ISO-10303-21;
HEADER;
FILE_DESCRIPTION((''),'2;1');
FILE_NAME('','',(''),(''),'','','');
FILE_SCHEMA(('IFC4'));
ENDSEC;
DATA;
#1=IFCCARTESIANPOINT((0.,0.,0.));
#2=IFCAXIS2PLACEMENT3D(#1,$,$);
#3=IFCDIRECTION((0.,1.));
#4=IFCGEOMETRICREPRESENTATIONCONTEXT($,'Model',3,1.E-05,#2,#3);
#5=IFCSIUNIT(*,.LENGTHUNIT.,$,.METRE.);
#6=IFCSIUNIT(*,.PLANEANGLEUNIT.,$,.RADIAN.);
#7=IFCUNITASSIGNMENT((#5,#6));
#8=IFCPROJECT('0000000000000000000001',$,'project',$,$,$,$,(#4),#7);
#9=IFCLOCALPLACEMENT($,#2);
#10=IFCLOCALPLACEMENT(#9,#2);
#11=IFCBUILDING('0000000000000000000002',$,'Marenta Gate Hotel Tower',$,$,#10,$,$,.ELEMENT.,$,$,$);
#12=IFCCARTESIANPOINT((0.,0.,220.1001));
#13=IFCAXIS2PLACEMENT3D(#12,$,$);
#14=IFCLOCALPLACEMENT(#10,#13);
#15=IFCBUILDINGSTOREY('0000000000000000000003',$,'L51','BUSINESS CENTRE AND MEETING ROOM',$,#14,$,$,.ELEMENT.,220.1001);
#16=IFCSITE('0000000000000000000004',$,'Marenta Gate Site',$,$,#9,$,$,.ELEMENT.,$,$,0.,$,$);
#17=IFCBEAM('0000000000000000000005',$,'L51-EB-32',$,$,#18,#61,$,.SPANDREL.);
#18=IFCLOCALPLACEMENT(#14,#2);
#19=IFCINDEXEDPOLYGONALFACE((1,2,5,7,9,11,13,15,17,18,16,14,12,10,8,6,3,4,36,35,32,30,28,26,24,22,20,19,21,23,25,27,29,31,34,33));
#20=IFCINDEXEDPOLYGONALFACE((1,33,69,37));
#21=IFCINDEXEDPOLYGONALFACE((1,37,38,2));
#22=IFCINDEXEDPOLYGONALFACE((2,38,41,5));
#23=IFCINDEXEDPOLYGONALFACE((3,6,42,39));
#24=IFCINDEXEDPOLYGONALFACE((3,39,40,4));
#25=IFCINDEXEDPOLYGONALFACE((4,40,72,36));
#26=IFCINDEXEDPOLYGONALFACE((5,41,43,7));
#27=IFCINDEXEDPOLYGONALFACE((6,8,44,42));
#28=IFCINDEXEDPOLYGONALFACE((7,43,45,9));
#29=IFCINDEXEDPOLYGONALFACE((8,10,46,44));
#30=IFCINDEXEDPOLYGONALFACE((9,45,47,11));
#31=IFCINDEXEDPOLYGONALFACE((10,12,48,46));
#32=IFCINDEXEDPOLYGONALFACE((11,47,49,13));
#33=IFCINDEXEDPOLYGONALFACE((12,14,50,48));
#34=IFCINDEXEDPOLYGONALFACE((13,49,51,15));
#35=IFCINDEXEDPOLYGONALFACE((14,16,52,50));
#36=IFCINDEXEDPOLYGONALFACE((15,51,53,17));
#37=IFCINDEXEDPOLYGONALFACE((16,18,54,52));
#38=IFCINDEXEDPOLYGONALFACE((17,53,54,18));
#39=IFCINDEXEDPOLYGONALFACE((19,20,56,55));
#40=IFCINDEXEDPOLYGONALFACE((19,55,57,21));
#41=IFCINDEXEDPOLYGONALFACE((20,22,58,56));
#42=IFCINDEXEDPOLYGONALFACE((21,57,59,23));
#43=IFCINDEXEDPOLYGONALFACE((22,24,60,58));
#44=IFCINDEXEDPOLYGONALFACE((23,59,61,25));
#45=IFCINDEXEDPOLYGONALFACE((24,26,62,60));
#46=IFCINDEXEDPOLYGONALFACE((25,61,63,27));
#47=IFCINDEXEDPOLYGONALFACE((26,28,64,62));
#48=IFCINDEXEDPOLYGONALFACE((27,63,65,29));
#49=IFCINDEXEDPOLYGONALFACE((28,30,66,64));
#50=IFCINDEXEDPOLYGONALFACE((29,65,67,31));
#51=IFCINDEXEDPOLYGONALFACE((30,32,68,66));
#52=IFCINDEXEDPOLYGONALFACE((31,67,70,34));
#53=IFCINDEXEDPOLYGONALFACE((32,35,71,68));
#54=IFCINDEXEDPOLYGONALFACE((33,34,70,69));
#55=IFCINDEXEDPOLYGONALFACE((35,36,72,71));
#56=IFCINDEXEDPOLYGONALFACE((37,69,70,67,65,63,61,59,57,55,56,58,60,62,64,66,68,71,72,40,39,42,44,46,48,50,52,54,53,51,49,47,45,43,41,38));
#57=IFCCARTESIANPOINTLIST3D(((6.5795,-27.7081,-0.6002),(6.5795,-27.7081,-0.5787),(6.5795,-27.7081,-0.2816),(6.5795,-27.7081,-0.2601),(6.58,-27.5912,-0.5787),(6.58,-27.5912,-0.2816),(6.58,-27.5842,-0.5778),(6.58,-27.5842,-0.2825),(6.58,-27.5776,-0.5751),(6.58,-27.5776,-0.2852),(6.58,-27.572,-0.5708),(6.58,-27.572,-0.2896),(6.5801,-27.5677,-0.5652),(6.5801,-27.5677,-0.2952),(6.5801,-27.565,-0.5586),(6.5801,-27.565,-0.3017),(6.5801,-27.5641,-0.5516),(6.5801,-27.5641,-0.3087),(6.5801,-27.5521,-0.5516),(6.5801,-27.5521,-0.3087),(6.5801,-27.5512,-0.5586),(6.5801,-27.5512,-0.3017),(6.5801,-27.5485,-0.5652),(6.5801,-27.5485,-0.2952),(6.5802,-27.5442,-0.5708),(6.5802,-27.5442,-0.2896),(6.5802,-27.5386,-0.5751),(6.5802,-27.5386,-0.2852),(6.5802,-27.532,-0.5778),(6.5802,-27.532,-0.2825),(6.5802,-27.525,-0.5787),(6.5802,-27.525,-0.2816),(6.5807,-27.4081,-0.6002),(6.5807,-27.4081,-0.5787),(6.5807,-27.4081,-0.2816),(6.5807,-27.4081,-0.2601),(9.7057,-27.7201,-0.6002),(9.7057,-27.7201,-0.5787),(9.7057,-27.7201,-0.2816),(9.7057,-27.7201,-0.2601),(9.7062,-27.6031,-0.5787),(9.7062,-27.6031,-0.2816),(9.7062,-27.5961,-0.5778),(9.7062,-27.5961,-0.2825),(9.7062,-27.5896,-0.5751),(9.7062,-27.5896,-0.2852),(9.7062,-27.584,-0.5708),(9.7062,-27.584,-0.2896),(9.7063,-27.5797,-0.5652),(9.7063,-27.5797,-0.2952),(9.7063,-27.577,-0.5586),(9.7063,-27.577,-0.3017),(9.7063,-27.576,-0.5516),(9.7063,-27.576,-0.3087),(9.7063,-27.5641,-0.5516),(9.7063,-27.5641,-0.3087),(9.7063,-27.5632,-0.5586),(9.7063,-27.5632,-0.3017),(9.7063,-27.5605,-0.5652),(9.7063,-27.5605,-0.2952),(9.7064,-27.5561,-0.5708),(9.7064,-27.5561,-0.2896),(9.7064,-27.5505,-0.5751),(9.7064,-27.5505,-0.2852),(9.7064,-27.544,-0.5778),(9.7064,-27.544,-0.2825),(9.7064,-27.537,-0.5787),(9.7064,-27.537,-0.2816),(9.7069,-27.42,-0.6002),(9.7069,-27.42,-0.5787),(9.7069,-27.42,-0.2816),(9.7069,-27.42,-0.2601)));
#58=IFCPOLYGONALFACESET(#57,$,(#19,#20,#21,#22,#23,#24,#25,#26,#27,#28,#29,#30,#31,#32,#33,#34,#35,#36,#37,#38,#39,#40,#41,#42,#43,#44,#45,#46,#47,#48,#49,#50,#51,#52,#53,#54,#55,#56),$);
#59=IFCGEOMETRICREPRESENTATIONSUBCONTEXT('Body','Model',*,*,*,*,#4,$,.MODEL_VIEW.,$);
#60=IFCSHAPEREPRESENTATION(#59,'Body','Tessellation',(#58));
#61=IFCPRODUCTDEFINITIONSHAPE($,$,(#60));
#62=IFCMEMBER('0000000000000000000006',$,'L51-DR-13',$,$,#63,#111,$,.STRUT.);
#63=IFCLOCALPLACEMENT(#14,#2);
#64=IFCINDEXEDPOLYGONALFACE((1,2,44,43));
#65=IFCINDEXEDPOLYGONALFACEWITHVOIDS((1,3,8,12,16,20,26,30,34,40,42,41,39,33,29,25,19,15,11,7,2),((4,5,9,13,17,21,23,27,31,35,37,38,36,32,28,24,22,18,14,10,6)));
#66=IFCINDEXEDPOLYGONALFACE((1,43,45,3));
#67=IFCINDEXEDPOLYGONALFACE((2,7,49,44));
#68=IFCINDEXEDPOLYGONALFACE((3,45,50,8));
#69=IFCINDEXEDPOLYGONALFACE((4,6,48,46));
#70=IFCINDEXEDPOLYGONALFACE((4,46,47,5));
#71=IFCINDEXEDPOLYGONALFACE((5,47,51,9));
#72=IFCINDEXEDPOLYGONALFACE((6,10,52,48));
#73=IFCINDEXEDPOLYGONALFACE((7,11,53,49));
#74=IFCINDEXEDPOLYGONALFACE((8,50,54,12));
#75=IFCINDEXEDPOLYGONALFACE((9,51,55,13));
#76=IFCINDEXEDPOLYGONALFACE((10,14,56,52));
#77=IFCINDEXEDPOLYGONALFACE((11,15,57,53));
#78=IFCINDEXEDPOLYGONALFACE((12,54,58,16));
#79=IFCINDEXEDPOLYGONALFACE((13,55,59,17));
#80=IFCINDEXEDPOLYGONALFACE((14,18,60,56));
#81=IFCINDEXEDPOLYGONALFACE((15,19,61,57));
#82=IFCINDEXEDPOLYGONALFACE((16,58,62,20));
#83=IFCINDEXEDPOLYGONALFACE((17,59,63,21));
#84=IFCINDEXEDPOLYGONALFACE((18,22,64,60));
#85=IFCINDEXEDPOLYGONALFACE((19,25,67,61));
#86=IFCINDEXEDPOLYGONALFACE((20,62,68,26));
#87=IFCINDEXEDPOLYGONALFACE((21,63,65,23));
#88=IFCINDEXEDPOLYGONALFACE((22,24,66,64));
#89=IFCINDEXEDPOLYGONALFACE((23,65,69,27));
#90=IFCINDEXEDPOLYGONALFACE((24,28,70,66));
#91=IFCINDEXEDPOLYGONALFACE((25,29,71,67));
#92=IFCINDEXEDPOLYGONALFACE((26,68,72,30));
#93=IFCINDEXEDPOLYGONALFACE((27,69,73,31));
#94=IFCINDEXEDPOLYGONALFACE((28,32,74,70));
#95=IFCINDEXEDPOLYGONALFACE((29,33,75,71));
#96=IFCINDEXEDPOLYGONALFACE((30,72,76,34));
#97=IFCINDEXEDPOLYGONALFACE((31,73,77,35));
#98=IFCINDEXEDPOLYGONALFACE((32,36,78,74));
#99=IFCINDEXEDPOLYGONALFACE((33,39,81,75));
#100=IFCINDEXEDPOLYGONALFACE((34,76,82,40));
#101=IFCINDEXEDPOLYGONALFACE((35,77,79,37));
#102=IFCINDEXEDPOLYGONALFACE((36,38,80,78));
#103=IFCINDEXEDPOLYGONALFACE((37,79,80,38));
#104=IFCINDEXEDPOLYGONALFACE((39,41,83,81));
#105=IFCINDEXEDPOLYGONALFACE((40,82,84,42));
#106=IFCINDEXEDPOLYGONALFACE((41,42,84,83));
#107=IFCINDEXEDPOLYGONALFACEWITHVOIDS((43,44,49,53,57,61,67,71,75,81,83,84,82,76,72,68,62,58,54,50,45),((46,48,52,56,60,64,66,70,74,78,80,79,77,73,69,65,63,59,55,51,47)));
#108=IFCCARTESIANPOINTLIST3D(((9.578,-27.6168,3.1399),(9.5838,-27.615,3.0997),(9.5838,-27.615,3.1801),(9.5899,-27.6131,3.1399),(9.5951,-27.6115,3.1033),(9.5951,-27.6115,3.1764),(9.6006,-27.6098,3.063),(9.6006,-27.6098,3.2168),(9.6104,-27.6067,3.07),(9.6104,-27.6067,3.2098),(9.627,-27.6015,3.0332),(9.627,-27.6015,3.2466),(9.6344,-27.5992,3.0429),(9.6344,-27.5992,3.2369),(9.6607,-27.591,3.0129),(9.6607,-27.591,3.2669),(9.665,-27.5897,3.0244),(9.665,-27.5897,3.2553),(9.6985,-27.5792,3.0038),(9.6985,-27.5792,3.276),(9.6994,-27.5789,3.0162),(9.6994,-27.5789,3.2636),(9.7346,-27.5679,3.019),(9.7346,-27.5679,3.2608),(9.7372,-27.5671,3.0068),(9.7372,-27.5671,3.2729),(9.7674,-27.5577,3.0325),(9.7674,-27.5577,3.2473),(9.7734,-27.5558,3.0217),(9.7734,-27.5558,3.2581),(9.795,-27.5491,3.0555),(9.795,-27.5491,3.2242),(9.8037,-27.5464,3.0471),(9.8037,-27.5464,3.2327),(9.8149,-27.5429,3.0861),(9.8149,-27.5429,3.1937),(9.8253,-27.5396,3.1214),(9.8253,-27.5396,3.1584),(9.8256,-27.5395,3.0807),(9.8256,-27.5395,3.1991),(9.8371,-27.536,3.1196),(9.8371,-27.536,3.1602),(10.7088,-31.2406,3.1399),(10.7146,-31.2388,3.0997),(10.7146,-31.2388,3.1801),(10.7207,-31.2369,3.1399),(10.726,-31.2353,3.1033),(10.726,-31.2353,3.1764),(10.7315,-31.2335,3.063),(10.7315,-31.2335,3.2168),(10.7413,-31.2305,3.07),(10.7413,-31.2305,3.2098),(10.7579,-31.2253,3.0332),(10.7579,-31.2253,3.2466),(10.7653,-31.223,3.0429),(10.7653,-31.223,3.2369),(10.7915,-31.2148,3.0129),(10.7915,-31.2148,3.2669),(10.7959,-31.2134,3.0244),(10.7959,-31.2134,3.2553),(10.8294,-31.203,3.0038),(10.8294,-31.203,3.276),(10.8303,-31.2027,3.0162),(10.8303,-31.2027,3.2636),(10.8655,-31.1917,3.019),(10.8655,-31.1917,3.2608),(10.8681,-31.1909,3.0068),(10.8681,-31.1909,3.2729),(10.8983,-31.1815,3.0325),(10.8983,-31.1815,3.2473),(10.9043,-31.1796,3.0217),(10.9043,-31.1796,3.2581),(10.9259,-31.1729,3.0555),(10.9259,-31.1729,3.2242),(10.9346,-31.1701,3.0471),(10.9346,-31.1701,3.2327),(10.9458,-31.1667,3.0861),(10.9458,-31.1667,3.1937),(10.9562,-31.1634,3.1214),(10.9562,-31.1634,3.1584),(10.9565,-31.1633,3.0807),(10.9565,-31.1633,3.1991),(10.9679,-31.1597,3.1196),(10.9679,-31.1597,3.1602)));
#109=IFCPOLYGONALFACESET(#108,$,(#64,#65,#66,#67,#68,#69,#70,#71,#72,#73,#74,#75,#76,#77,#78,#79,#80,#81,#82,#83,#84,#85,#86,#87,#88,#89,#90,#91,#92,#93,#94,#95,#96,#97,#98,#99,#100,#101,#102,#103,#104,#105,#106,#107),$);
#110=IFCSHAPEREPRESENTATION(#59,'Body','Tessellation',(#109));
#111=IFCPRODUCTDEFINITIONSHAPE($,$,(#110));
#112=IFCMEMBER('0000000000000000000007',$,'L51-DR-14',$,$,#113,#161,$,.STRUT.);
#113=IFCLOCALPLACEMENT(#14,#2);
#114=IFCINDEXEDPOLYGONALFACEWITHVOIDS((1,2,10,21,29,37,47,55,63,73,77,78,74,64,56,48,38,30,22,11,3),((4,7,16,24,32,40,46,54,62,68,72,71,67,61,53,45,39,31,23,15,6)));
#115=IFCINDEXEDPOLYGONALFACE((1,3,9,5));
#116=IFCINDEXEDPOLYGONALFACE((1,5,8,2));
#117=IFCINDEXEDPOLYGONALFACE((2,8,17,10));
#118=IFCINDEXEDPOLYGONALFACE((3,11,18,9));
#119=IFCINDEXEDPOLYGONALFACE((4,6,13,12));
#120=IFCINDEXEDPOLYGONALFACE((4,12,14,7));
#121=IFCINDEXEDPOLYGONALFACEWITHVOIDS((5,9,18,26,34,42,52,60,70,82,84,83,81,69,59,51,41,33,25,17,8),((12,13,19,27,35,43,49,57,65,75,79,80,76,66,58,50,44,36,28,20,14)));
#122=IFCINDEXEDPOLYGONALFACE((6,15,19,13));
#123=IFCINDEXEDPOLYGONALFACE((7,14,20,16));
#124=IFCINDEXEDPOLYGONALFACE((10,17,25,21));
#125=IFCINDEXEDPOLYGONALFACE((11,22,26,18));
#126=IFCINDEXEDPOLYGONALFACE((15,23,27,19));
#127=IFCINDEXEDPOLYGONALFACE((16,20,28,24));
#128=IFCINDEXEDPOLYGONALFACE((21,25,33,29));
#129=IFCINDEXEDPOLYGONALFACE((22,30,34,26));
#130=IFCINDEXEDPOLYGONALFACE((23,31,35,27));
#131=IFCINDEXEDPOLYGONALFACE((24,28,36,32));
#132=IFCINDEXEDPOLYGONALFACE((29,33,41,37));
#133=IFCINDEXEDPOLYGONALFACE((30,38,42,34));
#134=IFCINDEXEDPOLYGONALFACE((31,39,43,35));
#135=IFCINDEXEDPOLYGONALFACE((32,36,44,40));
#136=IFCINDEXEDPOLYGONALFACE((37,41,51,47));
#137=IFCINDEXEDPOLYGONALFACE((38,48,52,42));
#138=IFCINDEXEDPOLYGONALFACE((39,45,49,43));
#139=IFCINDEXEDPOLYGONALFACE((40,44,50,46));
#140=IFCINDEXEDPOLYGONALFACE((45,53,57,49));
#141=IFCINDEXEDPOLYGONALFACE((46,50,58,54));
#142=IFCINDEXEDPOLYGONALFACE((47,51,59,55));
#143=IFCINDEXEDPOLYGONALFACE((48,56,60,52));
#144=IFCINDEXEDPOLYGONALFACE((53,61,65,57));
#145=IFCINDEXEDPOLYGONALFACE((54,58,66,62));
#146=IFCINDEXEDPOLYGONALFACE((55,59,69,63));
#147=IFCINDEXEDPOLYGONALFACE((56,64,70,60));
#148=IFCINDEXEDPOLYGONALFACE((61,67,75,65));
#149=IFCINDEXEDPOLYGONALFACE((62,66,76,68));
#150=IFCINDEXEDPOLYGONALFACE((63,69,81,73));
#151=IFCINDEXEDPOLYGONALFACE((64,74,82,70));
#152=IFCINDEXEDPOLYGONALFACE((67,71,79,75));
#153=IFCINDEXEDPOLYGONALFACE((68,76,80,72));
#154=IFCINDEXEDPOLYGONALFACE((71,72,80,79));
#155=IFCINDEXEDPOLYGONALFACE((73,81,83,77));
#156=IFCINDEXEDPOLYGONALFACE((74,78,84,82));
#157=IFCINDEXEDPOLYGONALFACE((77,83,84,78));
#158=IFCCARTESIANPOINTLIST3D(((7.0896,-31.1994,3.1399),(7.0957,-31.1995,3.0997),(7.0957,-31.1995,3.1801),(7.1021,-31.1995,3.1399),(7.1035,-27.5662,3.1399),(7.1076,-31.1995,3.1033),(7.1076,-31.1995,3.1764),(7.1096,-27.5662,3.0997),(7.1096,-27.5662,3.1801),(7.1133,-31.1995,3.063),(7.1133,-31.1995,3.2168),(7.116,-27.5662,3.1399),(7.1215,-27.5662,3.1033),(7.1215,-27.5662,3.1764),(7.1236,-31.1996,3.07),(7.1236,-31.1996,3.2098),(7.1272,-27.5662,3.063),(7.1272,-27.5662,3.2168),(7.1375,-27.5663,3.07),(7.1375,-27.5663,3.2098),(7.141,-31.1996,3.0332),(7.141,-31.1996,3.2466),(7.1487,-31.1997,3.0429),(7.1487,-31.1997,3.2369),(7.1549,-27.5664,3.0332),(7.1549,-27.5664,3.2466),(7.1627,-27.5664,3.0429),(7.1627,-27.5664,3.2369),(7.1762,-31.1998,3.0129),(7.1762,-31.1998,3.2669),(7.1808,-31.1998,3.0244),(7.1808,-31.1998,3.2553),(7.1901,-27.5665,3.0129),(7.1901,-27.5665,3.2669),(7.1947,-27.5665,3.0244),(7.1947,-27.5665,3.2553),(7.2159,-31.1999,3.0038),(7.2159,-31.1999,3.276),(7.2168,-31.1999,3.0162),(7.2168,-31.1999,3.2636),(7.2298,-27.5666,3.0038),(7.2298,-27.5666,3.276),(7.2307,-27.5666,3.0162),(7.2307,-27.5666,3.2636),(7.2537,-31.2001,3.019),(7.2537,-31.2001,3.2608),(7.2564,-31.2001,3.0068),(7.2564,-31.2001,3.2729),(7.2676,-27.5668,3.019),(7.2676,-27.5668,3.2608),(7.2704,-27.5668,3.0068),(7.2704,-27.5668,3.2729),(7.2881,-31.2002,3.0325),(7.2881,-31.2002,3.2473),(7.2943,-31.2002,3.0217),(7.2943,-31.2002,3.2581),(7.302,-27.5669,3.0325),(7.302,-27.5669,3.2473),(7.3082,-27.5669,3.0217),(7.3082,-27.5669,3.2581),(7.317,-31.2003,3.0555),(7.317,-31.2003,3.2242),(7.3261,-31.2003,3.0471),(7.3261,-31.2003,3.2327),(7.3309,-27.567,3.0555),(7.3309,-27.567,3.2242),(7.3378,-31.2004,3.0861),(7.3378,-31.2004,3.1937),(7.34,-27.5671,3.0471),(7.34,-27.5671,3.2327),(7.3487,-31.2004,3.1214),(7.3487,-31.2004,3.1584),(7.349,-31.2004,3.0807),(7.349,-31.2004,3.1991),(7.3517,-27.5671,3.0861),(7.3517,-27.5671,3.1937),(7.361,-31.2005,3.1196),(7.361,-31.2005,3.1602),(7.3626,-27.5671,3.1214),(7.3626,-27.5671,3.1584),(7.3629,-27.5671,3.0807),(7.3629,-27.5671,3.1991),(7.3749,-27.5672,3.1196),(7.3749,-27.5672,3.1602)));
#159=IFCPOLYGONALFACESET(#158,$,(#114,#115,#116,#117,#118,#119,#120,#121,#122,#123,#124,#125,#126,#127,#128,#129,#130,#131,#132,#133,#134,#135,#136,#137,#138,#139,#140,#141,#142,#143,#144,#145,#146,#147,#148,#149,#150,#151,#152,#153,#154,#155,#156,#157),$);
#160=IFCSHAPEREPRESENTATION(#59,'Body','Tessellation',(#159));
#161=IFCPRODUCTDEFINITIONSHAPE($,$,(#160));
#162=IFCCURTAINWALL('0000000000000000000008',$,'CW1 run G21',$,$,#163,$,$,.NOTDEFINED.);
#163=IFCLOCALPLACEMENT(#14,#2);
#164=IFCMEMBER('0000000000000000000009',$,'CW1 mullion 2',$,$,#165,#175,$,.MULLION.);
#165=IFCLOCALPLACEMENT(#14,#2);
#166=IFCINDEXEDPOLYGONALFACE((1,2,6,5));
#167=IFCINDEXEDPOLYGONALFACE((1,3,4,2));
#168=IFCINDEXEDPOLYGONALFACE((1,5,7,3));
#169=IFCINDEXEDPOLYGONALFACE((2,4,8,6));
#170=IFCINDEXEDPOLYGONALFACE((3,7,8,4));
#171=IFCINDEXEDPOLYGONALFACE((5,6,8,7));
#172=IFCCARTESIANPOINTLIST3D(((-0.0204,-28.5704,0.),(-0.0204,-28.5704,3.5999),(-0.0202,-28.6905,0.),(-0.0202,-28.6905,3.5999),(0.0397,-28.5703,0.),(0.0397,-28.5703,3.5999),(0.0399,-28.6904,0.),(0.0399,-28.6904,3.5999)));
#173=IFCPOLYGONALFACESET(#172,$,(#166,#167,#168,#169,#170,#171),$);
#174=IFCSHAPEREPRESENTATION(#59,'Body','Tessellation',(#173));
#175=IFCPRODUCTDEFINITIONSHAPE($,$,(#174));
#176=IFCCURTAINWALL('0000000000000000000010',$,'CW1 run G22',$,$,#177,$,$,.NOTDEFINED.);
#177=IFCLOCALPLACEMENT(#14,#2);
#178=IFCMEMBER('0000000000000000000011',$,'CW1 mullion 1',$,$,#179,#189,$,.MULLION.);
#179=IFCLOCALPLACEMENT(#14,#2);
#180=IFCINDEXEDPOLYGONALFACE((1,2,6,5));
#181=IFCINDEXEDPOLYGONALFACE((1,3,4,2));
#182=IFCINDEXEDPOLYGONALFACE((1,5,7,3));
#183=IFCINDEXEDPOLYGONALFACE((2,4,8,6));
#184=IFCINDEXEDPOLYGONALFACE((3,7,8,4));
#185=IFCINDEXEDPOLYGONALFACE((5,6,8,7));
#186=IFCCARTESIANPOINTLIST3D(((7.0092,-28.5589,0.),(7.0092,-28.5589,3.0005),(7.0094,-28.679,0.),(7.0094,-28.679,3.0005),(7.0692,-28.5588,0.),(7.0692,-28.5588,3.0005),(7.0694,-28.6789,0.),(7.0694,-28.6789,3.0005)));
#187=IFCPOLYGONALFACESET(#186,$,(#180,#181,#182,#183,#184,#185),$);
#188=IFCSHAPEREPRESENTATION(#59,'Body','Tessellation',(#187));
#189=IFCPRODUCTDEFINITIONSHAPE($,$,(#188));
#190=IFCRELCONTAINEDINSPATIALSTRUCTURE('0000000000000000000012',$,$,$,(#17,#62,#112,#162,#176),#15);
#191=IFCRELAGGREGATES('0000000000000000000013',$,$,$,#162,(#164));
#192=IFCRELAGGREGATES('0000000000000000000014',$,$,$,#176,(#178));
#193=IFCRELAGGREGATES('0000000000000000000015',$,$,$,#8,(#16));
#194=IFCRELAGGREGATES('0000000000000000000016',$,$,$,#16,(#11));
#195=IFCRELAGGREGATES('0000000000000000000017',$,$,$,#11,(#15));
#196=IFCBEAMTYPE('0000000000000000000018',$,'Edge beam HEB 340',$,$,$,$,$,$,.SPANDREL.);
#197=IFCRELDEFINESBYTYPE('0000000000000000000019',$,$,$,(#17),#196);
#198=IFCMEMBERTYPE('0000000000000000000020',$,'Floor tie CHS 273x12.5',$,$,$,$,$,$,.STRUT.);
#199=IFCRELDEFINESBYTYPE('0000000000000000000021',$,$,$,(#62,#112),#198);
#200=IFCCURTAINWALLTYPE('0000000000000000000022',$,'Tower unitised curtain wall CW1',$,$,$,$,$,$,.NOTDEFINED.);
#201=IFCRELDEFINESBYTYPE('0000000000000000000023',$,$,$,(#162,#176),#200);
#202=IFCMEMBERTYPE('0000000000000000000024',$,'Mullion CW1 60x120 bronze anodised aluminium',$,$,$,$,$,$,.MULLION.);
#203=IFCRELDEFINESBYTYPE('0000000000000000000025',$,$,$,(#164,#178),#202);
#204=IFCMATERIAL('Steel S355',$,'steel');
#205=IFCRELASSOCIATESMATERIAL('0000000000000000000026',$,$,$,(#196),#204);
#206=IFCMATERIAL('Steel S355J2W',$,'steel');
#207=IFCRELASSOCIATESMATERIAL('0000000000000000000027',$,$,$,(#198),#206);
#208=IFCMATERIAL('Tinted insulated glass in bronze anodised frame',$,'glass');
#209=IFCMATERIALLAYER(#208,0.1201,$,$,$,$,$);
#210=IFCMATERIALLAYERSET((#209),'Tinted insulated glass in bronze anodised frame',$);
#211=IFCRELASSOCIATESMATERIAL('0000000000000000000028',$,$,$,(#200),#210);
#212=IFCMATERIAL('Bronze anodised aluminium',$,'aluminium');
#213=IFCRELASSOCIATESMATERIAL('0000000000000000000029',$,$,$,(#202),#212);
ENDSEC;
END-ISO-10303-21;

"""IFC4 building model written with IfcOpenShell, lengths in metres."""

from ifc_helpers import new_model, si_unit, direction, frame, origin, origin_2d, place, context, subcontext, project, spatial, rectangle, hollow_circle, i_section, extrude, material, layer, layer_set, material_profile, profile_set, type_object, element, aggregate, save


model = new_model("IFC4")

# Units and contexts
model_context = context("Model", 3, precision=1e-05, world=origin(), true_north=direction((0.0, 1.0)))
body_context = subcontext(model_context, "Body", "Model", "MODEL_VIEW")
ifc_project = project(units=[si_unit("LENGTHUNIT", "METRE"), si_unit("PLANEANGLEUNIT", "RADIAN")], contexts=[model_context])

# Site, building, storey
site_placement = place(None, origin())
site = spatial("IfcSite", under=ifc_project, at=site_placement, Name="Marenta Gate Site", CompositionType="ELEMENT", RefElevation=0.0)
building_placement = place(site_placement, origin())
building = spatial("IfcBuilding", under=site, at=building_placement, Name="Marenta Gate Hotel Tower", CompositionType="ELEMENT")
storey_placement = place(building_placement, frame((0.0, 0.0, 220.1001)))
storey = spatial("IfcBuildingStorey", under=building, at=storey_placement, Name="L51", Description="BUSINESS CENTRE AND MEETING ROOM", CompositionType="ELEMENT", Elevation=220.1001)

# Beam
ifc_material_1 = material(Name="Steel S355", Category="steel")
ifc_material_profile_1 = material_profile(ifc_material_1, i_section(OverallWidth=0.3, OverallDepth=0.3401, WebThickness=0.012, FlangeThickness=0.0215, FilletRadius=0.0271, at=origin_2d()), Name="HEB 340")
ifc_profile_set_1 = profile_set([ifc_material_profile_1], Name="Steel S355")
beam_type = type_object("IfcBeamType", Name="Edge beam HEB 340", PredefinedType="SPANDREL", material=ifc_profile_set_1)
beam_placement = place(storey_placement, frame((9.7063, -27.5701, -0.4302), z_axis=(-0.999993, 0.003827, 0.0), x_axis=(-0.003827, -0.999993, 0.0)))
element("IfcBeam", 1, at=beam_placement, inside=storey, type_object=beam_type, Name="L51-EB-32", PredefinedType="SPANDREL", context=body_context, shape_type="SweptSolid", body=[
    extrude(i_section(OverallWidth=0.3, OverallDepth=0.3401, WebThickness=0.012, FlangeThickness=0.0215, FilletRadius=0.0271, at=origin_2d()), origin(), (0.0, 0.0, 1.0), 3.1262),
])

# Members
ifc_material_2 = material(Name="Steel S355J2W", Category="steel")
ifc_material_profile_2 = material_profile(ifc_material_2, hollow_circle(Radius=0.1365, WallThickness=0.0125, at=origin_2d()), Name="CHS 273x12.5")
ifc_profile_set_2 = profile_set([ifc_material_profile_2], Name="Steel S355J2W")
member_type_1 = type_object("IfcMemberType", Name="Floor tie CHS 273x12.5", PredefinedType="STRUT", material=ifc_profile_set_2)
member_1_placement = place(storey_placement, frame((10.8391, -31.2, 3.1399), z_axis=(-0.297898, 0.954598, 0.0), x_axis=(-0.954598, -0.297898, 0.0)))
element("IfcMember", 2, at=member_1_placement, inside=storey, type_object=member_type_1, Name="L51-DR-13", PredefinedType="STRUT", context=body_context, shape_type="SweptSolid", body=[
    extrude(hollow_circle(Radius=0.1365, WallThickness=0.0125, at=origin_2d()), origin(), (0.0, 0.0, 1.0), 3.7961),
])
member_2_placement = place(storey_placement, frame((7.2261, -31.2, 3.1399), z_axis=(0.00383, 0.999993, 0.0), x_axis=(-0.999993, 0.00383, 0.0)))
element("IfcMember", 3, at=member_2_placement, inside=storey, type_object=member_type_1, Name="L51-DR-14", PredefinedType="STRUT", context=body_context, shape_type="SweptSolid", body=[
    extrude(hollow_circle(Radius=0.1365, WallThickness=0.0125, at=origin_2d()), origin(), (0.0, 0.0, 1.0), 3.6333),
])

# Curtain walls, members
ifc_material_3 = material(Name="Tinted insulated glass in bronze anodised frame", Category="glass")
ifc_layer_1 = layer(ifc_material_3, 0.1201)
ifc_layer_set_1 = layer_set([ifc_layer_1], Name="Tinted insulated glass in bronze anodised frame")
curtain_wall_type = type_object("IfcCurtainWallType", Name="Tower unitised curtain wall CW1", PredefinedType="NOTDEFINED", material=ifc_layer_set_1)
curtain_wall_1_placement = place(storey_placement, origin())
curtain_wall_1 = element("IfcCurtainWall", 4, at=curtain_wall_1_placement, inside=storey, type_object=curtain_wall_type, Name="CW1 run G21", PredefinedType="NOTDEFINED")
ifc_material_4 = material(Name="Bronze anodised aluminium", Category="aluminium")
ifc_material_profile_3 = material_profile(ifc_material_4, rectangle(XDim=0.1201, YDim=0.0601, at=origin_2d()), Name="Mullion CW1 60x120 bronze anodised aluminium")
ifc_profile_set_3 = profile_set([ifc_material_profile_3], Name="Bronze anodised aluminium")
member_type_2 = type_object("IfcMemberType", Name="Mullion CW1 60x120 bronze anodised aluminium", PredefinedType="MULLION", material=ifc_profile_set_3)
member_3_placement = place(storey_placement, frame((0.0098, -28.6304, 0.0), z_axis=(0.0, 0.0, 1.0), x_axis=(-0.001636, 0.999999, 0.0)))
member_3 = element("IfcMember", 5, at=member_3_placement, type_object=member_type_2, Name="CW1 mullion 2", PredefinedType="MULLION", context=body_context, shape_type="SweptSolid", body=[
    extrude(rectangle(XDim=0.1201, YDim=0.0601, at=origin_2d()), origin(), (0.0, 0.0, 1.0), 3.5999),
])
curtain_wall_2_placement = place(storey_placement, origin())
curtain_wall_2 = element("IfcCurtainWall", 6, at=curtain_wall_2_placement, inside=storey, type_object=curtain_wall_type, Name="CW1 run G22", PredefinedType="NOTDEFINED")
member_4_placement = place(storey_placement, frame((7.0393, -28.6189, 0.0), z_axis=(0.0, 0.0, 1.0), x_axis=(-0.001766, 0.999998, 0.0)))
member_4 = element("IfcMember", 7, at=member_4_placement, type_object=member_type_2, Name="CW1 mullion 1", PredefinedType="MULLION", context=body_context, shape_type="SweptSolid", body=[
    extrude(rectangle(XDim=0.1201, YDim=0.0601, at=origin_2d()), origin(), (0.0, 0.0, 1.0), 3.0005),
])

aggregate(curtain_wall_1, [member_3])
aggregate(curtain_wall_2, [member_4])

save(model, "model.ifc")
